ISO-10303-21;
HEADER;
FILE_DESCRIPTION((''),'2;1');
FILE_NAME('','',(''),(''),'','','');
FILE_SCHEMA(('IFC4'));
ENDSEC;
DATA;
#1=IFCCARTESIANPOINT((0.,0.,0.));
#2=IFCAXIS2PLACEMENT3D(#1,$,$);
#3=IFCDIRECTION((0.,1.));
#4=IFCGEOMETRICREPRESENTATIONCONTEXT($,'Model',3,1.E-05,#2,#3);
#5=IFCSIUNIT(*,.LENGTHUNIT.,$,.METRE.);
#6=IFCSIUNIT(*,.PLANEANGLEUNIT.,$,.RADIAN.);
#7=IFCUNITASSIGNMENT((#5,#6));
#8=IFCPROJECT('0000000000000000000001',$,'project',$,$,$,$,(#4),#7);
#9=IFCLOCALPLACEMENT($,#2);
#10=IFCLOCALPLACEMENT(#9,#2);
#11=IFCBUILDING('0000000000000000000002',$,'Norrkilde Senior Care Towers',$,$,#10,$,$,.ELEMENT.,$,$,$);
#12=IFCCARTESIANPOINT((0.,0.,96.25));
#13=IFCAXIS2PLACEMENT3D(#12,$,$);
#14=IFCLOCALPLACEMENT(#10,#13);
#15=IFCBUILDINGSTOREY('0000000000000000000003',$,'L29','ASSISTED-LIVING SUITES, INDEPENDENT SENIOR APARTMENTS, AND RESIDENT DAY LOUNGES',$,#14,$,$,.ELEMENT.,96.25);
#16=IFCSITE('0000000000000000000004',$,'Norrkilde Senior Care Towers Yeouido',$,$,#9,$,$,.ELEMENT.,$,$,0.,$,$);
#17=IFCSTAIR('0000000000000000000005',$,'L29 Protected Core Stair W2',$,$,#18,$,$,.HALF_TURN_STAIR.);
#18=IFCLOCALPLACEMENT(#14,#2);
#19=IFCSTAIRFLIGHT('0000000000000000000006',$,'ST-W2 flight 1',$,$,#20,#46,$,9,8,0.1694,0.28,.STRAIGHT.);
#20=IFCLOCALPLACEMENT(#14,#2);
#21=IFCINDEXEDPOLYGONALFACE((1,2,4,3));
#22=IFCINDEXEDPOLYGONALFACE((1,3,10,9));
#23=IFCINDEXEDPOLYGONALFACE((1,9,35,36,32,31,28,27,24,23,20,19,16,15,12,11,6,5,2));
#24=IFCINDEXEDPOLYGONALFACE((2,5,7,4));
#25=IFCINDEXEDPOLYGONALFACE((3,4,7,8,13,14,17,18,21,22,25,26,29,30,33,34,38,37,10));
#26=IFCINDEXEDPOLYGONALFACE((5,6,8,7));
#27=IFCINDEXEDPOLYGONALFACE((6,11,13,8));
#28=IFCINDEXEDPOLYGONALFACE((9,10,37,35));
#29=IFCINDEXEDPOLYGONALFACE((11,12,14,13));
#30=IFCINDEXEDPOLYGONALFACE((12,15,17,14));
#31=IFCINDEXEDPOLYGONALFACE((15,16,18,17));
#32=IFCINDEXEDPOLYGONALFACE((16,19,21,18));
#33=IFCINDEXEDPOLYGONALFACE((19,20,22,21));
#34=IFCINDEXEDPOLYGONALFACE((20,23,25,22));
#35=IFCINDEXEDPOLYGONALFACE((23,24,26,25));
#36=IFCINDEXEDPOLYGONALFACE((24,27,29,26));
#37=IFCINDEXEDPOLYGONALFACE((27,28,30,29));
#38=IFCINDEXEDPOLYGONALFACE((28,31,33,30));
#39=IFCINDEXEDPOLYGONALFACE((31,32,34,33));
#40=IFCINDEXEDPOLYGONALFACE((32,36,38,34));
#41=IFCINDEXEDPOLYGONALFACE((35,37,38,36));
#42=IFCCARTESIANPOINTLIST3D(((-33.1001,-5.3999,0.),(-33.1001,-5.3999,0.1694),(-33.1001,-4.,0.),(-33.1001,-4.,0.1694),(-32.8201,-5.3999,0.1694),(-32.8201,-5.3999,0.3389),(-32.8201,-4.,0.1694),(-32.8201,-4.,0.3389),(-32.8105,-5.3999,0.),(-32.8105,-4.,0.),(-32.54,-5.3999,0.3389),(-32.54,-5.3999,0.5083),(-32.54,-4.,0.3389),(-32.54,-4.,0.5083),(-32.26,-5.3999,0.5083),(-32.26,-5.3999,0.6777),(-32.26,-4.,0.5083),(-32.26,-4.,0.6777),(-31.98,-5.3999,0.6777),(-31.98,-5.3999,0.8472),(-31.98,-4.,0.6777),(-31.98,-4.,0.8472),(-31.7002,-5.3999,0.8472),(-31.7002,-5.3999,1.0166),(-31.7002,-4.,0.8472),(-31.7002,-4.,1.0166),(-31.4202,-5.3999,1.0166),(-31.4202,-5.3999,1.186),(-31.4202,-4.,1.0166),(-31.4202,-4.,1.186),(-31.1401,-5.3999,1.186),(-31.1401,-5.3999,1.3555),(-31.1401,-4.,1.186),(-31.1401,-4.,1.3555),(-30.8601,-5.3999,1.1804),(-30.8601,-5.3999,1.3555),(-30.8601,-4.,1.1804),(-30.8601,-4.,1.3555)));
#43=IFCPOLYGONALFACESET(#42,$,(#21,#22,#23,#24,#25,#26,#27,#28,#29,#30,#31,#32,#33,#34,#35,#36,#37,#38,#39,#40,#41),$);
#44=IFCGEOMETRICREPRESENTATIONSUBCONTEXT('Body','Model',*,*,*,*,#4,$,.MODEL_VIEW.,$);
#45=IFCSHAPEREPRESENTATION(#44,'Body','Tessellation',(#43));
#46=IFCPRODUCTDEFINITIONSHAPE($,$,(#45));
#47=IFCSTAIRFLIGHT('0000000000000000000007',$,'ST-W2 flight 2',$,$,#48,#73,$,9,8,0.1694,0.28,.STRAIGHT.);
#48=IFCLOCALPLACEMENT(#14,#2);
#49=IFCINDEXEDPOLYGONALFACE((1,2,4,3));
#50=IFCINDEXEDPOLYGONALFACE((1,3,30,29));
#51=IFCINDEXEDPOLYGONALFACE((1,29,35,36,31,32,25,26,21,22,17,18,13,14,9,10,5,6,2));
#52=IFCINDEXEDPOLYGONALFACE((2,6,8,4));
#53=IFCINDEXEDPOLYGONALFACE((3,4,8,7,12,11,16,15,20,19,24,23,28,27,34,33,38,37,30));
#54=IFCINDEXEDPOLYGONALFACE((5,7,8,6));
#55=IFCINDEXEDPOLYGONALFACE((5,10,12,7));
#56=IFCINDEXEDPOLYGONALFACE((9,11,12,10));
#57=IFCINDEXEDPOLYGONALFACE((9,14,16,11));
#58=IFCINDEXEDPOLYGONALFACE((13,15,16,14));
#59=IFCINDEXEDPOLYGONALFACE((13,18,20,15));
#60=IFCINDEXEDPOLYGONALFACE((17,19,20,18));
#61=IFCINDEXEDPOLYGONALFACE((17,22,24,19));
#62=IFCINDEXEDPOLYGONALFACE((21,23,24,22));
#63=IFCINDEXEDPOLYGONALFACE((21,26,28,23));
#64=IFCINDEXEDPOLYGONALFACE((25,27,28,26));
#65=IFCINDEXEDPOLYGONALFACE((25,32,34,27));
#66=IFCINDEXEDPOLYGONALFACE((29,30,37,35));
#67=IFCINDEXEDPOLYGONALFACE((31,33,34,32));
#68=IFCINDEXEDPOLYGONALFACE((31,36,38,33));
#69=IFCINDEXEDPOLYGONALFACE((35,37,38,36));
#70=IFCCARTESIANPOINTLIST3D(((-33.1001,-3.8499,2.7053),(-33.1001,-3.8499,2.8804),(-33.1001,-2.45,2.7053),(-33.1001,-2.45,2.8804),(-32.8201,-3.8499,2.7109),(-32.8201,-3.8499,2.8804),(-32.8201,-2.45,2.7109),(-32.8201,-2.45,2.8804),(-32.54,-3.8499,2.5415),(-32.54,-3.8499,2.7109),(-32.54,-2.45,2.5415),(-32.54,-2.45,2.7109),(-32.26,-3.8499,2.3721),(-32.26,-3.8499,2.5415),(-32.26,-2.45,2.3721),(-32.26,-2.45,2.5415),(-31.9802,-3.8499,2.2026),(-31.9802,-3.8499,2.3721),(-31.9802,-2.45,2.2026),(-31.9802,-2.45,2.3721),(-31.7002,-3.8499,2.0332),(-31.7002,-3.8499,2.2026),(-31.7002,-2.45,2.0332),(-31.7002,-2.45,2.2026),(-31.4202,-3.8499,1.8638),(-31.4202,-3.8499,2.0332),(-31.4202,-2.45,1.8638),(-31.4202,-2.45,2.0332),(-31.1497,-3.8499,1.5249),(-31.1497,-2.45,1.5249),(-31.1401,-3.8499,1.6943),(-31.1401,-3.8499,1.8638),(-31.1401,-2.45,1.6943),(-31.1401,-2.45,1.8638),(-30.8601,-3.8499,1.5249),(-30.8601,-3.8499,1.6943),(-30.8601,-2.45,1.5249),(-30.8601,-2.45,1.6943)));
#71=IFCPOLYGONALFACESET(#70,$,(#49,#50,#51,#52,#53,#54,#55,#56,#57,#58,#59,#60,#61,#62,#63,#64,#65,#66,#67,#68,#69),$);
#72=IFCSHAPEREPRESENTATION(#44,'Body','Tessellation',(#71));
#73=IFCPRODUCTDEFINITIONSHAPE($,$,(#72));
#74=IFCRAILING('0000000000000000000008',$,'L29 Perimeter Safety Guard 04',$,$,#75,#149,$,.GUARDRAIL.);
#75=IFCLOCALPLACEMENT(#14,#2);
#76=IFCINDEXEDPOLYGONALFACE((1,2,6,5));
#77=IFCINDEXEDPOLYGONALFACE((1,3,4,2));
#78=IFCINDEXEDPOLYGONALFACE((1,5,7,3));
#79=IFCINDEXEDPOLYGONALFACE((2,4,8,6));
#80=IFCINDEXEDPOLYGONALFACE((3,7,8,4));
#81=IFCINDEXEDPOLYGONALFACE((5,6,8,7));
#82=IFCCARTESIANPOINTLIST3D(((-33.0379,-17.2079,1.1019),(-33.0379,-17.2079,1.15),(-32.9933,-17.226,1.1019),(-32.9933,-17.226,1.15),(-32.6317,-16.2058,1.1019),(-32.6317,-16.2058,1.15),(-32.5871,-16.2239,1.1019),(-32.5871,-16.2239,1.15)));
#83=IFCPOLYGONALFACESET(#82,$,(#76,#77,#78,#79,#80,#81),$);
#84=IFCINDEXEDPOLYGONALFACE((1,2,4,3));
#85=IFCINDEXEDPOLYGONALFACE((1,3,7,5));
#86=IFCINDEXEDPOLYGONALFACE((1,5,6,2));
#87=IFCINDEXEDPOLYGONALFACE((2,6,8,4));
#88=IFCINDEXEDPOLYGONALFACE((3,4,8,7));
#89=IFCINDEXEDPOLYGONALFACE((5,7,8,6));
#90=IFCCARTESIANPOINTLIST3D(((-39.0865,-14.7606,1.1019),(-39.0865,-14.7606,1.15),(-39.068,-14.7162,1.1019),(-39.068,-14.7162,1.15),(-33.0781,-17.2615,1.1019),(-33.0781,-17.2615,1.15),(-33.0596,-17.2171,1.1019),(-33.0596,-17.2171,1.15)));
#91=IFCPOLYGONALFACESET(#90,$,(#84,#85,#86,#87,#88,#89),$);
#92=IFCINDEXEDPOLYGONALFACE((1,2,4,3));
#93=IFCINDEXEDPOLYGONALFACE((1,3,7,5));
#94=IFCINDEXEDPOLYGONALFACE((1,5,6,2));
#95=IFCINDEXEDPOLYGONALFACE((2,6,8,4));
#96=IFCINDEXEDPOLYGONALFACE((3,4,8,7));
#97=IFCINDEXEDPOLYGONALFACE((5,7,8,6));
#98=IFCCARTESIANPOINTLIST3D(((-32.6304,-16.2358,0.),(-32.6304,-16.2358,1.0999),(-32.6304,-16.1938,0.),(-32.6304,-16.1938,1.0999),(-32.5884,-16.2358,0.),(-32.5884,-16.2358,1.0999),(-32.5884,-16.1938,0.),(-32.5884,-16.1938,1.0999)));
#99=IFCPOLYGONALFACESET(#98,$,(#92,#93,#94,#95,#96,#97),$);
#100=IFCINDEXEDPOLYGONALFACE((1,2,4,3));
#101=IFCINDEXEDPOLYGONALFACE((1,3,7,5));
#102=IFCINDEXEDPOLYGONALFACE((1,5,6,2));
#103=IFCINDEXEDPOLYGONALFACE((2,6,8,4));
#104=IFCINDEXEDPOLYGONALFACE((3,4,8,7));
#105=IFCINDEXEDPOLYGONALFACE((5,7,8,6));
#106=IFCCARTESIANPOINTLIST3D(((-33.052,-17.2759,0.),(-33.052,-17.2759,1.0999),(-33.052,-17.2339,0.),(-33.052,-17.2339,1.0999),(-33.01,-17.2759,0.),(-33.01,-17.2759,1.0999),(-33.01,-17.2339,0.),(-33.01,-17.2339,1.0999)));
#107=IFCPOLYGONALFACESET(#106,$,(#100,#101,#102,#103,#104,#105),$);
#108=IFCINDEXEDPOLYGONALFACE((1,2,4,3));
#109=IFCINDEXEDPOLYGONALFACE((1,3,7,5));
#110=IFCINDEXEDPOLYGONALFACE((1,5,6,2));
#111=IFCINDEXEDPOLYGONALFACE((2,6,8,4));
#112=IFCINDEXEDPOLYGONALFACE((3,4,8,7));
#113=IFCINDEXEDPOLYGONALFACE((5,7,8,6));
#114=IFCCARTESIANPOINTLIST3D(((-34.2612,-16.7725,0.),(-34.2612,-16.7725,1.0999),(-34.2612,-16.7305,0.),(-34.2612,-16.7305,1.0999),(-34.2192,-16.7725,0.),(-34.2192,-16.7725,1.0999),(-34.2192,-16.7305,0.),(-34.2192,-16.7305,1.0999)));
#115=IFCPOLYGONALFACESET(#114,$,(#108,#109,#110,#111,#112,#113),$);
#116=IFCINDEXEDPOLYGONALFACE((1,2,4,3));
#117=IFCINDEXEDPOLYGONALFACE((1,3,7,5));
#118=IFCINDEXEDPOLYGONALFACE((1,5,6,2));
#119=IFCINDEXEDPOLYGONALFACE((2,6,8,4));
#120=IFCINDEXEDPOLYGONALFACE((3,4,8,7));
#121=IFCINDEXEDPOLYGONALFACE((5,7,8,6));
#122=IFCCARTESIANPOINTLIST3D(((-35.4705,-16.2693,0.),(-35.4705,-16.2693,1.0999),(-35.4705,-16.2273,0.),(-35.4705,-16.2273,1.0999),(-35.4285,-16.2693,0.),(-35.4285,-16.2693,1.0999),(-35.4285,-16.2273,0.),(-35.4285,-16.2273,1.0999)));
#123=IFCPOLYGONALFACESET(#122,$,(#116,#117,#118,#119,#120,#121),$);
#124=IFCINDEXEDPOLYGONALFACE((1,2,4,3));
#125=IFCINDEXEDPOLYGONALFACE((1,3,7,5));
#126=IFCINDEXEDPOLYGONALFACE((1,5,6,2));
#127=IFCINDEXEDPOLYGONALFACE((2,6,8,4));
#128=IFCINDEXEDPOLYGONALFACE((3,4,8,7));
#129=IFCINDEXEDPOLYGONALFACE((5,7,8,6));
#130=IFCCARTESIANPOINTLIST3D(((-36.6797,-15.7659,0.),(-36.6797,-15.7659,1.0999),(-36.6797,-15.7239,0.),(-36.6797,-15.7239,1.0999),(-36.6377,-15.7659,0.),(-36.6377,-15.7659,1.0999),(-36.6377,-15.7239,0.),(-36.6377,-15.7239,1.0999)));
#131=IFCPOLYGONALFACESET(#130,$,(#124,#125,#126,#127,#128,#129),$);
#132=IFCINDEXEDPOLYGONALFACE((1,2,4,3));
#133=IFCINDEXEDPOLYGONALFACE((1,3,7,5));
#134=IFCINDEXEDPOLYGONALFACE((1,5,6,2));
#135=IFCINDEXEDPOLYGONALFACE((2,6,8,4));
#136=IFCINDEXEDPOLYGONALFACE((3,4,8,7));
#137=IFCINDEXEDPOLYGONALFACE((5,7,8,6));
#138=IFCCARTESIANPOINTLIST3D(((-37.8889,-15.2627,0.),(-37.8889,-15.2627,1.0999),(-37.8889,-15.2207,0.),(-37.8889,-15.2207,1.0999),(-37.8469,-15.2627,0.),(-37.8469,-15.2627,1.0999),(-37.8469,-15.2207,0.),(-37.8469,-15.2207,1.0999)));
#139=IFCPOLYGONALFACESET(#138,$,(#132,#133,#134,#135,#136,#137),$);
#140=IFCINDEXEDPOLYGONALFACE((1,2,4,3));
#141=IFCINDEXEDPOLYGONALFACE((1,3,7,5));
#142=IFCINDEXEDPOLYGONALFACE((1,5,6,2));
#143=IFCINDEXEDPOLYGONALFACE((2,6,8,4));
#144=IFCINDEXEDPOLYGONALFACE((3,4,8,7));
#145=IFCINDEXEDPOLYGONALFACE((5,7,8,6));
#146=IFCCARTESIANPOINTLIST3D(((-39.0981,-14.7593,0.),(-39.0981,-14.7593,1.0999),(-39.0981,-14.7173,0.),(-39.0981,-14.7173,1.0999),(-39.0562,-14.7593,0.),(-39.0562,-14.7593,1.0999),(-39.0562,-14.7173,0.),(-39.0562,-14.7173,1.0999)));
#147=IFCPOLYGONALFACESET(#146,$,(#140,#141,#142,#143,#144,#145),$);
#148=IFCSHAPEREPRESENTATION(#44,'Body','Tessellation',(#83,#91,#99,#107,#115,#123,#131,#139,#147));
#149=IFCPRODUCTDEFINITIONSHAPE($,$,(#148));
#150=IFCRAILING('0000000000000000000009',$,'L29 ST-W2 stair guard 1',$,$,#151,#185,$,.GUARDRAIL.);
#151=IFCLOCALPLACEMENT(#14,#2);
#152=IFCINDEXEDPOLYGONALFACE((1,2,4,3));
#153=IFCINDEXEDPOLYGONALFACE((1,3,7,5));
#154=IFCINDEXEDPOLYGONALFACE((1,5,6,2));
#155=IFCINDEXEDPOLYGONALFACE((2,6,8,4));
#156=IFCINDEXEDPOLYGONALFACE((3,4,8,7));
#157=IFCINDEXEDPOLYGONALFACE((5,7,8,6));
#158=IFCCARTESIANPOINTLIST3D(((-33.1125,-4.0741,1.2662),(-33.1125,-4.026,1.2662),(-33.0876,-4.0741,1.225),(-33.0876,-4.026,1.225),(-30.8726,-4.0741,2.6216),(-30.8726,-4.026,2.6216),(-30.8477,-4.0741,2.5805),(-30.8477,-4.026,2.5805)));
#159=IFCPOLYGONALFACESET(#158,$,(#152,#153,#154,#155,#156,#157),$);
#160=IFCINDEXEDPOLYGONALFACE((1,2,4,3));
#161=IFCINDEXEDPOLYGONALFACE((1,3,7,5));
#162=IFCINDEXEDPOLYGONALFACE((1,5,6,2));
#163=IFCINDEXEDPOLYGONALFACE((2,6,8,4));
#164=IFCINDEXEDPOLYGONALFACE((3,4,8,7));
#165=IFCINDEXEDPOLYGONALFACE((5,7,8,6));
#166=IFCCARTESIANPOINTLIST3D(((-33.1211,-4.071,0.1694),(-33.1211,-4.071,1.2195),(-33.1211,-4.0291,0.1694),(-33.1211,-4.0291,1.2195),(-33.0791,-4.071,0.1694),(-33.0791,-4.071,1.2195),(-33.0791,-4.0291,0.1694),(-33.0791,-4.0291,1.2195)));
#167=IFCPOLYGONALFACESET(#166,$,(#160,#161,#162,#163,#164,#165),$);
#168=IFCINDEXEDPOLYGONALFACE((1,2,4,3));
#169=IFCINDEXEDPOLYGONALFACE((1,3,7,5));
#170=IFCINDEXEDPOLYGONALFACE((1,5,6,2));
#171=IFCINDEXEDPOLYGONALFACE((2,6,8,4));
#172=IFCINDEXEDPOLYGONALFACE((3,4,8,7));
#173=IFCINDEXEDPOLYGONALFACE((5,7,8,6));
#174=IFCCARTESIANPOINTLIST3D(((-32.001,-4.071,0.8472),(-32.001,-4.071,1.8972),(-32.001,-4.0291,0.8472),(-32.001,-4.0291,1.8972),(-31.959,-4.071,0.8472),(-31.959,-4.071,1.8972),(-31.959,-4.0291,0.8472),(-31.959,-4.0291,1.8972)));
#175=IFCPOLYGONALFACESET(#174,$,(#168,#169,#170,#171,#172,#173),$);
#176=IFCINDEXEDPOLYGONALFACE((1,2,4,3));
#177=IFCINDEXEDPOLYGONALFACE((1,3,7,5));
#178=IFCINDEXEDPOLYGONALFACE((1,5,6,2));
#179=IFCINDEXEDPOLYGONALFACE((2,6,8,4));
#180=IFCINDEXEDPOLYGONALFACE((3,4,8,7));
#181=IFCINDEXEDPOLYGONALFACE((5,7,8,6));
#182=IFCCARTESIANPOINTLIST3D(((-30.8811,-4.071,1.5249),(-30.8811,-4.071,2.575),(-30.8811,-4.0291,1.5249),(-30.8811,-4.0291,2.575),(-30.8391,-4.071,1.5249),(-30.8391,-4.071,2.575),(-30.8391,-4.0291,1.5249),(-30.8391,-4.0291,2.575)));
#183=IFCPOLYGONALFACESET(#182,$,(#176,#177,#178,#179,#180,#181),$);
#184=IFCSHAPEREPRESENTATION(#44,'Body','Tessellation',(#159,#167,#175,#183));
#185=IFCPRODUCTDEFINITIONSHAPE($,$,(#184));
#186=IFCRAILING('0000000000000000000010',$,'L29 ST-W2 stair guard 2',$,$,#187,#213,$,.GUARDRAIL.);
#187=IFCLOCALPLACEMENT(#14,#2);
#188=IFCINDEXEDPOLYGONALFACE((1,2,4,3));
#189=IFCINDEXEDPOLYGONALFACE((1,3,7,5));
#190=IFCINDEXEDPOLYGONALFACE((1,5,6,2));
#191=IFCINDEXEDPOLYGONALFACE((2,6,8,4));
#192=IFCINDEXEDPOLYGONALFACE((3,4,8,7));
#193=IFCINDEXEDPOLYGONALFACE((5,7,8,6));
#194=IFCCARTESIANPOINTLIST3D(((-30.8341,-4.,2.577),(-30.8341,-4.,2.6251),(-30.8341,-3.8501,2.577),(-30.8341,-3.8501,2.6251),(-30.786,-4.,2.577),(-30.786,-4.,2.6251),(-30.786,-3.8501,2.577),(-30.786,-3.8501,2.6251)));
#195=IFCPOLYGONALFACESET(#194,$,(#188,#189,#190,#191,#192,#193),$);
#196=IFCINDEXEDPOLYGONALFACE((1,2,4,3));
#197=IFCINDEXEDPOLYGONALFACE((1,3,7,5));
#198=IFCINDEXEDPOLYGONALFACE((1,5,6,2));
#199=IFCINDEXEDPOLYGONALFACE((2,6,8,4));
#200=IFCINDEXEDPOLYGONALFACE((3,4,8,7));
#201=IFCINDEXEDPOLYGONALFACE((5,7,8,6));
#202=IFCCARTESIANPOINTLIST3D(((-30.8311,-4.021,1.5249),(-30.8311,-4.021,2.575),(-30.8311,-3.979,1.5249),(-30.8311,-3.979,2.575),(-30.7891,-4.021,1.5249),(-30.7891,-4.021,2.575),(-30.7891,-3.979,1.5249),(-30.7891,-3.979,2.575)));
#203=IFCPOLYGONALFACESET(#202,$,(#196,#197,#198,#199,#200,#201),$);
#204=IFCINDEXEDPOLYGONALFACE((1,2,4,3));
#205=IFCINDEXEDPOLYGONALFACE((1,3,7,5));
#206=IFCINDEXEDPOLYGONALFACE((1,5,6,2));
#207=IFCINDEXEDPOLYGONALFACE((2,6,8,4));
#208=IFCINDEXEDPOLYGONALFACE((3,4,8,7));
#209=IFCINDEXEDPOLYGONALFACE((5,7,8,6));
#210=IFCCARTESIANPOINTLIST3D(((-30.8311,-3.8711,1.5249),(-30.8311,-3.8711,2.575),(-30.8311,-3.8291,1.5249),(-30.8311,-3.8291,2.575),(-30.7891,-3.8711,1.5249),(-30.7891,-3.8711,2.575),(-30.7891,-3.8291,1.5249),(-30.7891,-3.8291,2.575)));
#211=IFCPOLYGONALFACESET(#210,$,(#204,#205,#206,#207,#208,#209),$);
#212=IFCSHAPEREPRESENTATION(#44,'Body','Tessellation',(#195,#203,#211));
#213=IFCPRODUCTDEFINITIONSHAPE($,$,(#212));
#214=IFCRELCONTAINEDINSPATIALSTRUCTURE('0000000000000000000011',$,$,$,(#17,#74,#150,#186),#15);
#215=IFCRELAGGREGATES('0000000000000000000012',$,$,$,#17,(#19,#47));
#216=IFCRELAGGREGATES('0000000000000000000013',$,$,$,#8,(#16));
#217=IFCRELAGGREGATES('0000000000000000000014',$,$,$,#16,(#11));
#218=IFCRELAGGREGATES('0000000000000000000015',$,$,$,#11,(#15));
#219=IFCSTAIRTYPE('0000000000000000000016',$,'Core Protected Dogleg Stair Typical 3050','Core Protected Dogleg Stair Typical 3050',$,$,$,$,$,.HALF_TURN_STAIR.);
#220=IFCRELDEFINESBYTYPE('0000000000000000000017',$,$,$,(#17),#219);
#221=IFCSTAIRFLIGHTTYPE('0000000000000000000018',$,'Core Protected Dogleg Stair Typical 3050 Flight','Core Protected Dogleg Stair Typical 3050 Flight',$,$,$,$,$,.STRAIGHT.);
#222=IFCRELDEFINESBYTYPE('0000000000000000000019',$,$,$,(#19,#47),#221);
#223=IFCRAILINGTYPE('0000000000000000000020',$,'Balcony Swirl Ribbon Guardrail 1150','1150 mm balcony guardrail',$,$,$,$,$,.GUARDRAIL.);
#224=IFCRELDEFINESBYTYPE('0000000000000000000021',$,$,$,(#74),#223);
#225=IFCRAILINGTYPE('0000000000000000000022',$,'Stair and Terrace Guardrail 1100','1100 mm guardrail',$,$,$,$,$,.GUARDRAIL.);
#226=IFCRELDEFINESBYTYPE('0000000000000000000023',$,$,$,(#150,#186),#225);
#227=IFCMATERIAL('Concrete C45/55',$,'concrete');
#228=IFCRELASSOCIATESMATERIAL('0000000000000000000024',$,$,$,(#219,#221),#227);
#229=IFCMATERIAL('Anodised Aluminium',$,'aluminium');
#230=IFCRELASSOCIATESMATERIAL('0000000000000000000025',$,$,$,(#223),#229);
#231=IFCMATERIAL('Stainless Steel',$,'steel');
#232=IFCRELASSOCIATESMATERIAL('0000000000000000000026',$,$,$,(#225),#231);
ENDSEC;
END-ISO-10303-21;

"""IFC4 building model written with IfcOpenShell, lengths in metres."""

from ifc_helpers import new_model, si_unit, direction, frame, origin, origin_2d, place, context, subcontext, project, spatial, polyline, rectangle, outline, extrude, material, type_object, element, aggregate, save


model = new_model("IFC4")

# Units and contexts
model_context = context("Model", 3, precision=1e-05, world=origin(), true_north=direction((0.0, 1.0)))
body_context = subcontext(model_context, "Body", "Model", "MODEL_VIEW")
ifc_project = project(units=[si_unit("LENGTHUNIT", "METRE"), si_unit("PLANEANGLEUNIT", "RADIAN")], contexts=[model_context])

# Site, building, storey
site_placement = place(None, origin())
site = spatial("IfcSite", under=ifc_project, at=site_placement, Name="Norrkilde Senior Care Towers Yeouido", CompositionType="ELEMENT", RefElevation=0.0)
building_placement = place(site_placement, origin())
building = spatial("IfcBuilding", under=site, at=building_placement, Name="Norrkilde Senior Care Towers", CompositionType="ELEMENT")
storey_placement = place(building_placement, frame((0.0, 0.0, 96.25)))
storey = spatial("IfcBuildingStorey", under=building, at=storey_placement, Name="L29", Description="ASSISTED-LIVING SUITES, INDEPENDENT SENIOR APARTMENTS, AND RESIDENT DAY LOUNGES", CompositionType="ELEMENT", Elevation=96.25)

# Shared definitions
ifc_material_1 = material(Name="Anodised Aluminium", Category="aluminium")

# Shared definitions
ifc_material_2 = material(Name="Concrete C45/55", Category="concrete")

# Stair, stair flights
stair_type = type_object("IfcStairType", Name="Core Protected Dogleg Stair Typical 3050", Description="Core Protected Dogleg Stair Typical 3050", PredefinedType="HALF_TURN_STAIR", material=ifc_material_2)
stair_placement = place(storey_placement, origin())
stair = element("IfcStair", 1, at=stair_placement, inside=storey, type_object=stair_type, Name="L29 Protected Core Stair W2", PredefinedType="HALF_TURN_STAIR")
stair_flight_type = type_object("IfcStairFlightType", Name="Core Protected Dogleg Stair Typical 3050 Flight", Description="Core Protected Dogleg Stair Typical 3050 Flight", PredefinedType="STRAIGHT", material=ifc_material_2)
stair_flight_1_placement = place(storey_placement, frame((-33.1001, -4.7, 0.0), z_axis=(0.0, 0.0, 1.0), x_axis=(1.0, 0.0, 0.0)))
stair_flight_1 = element("IfcStairFlight", 2, at=stair_flight_1_placement, type_object=stair_flight_type, Name="ST-W2 flight 1", NumberOfRisers=9, NumberOfTreads=8, PredefinedType="STRAIGHT", RiserHeight=0.1694, TreadLength=0.28, context=body_context, shape_type="SweptSolid", body=[
    extrude(outline(polyline([(0.0, 0.0), (0.0, 0.1694), (0.28, 0.1694), (0.28, 0.3389), (0.5601, 0.3389), (0.5601, 0.5083), (0.8401, 0.5083), (0.8401, 0.6777), (1.1201, 0.6777), (1.1201, 0.8472), (1.3999, 0.8472), (1.3999, 1.0166), (1.6799, 1.0166), (1.6799, 1.186), (1.96, 1.186), (1.96, 1.3555), (2.24, 1.3555), (2.24, 1.5249), (2.24, 1.1804), (0.2896, 0.0), (0.0, 0.0)])), frame((0.0, 0.7, 0.0), z_axis=(0.0, -1.0, 0.0), x_axis=(1.0, 0.0, 0.0)), (0.0, 0.0, 1.0), 1.3999),
])
stair_flight_2_placement = place(storey_placement, frame((-30.8601, -3.1499, 1.5249), z_axis=(0.0, 0.0, 1.0), x_axis=(-1.0, 0.0, 0.0)))
stair_flight_2 = element("IfcStairFlight", 3, at=stair_flight_2_placement, type_object=stair_flight_type, Name="ST-W2 flight 2", NumberOfRisers=9, NumberOfTreads=8, PredefinedType="STRAIGHT", RiserHeight=0.1694, TreadLength=0.28, context=body_context, shape_type="SweptSolid", body=[
    extrude(outline(polyline([(0.0, 0.0), (0.0, 0.1694), (0.28, 0.1694), (0.28, 0.3389), (0.5601, 0.3389), (0.5601, 0.5083), (0.8401, 0.5083), (0.8401, 0.6777), (1.1201, 0.6777), (1.1201, 0.8472), (1.3999, 0.8472), (1.3999, 1.0166), (1.6799, 1.0166), (1.6799, 1.186), (1.96, 1.186), (1.96, 1.3555), (2.24, 1.3555), (2.24, 1.5249), (2.24, 1.1804), (0.2896, 0.0), (0.0, 0.0)])), frame((0.0, 0.7, 0.0), z_axis=(0.0, -1.0, 0.0), x_axis=(1.0, 0.0, 0.0)), (0.0, 0.0, 1.0), 1.3999),
])
aggregate(stair, [stair_flight_1, stair_flight_2])

# Railings
railing_type_1 = type_object("IfcRailingType", Name="Balcony Swirl Ribbon Guardrail 1150", Description="1150 mm balcony guardrail", PredefinedType="GUARDRAIL", material=ifc_material_1)
railing_1_placement = place(storey_placement, frame((-32.6094, -16.2148, 0.0)))
element("IfcRailing", 4, at=railing_1_placement, inside=storey, type_object=railing_type_1, Name="L29 Perimeter Safety Guard 04", PredefinedType="GUARDRAIL", context=body_context, shape_type="SweptSolid", body=[
    extrude(rectangle(XDim=0.0481, YDim=0.0481, at=origin_2d()), frame((0.0, 0.0, 1.126), z_axis=(-0.3757, -0.926741, 0.0), x_axis=(0.926741, -0.3757, 0.0)), (0.0, 0.0, 1.0), 1.0813),
    extrude(rectangle(XDim=0.0481, YDim=0.0481, at=origin_2d()), frame((-0.4595, -1.0244, 1.126), z_axis=(-0.923219, 0.384274, 0.0), x_axis=(-0.384274, -0.923219, 0.0)), (0.0, 0.0, 1.0), 6.5081),
    extrude(rectangle(XDim=0.042, YDim=0.042, at=origin_2d()), origin(), (0.0, 0.0, 1.0), 1.0999),
    extrude(rectangle(XDim=0.042, YDim=0.042, at=origin_2d()), frame((-0.4216, -1.04, 0.0)), (0.0, 0.0, 1.0), 1.0999),
    extrude(rectangle(XDim=0.042, YDim=0.042, at=origin_2d()), frame((-1.6309, -0.5366, 0.0)), (0.0, 0.0, 1.0), 1.0999),
    extrude(rectangle(XDim=0.042, YDim=0.042, at=origin_2d()), frame((-2.8401, -0.0334, 0.0)), (0.0, 0.0, 1.0), 1.0999),
    extrude(rectangle(XDim=0.042, YDim=0.042, at=origin_2d()), frame((-4.0493, 0.47, 0.0)), (0.0, 0.0, 1.0), 1.0999),
    extrude(rectangle(XDim=0.042, YDim=0.042, at=origin_2d()), frame((-5.2585, 0.9731, 0.0)), (0.0, 0.0, 1.0), 1.0999),
    extrude(rectangle(XDim=0.042, YDim=0.042, at=origin_2d()), frame((-6.4678, 1.4766, 0.0)), (0.0, 0.0, 1.0), 1.0999),
])
ifc_material_3 = material(Name="Stainless Steel", Category="steel")
railing_type_2 = type_object("IfcRailingType", Name="Stair and Terrace Guardrail 1100", Description="1100 mm guardrail", PredefinedType="GUARDRAIL", material=ifc_material_3)
railing_2_placement = place(storey_placement, frame((-33.1001, -4.05, 0.1694)))
element("IfcRailing", 5, at=railing_2_placement, inside=storey, type_object=railing_type_2, Name="L29 ST-W2 stair guard 1", PredefinedType="GUARDRAIL", context=body_context, shape_type="SweptSolid", body=[
    extrude(rectangle(XDim=0.0481, YDim=0.0481, at=origin_2d()), frame((0.0, 0.0, 1.0762), z_axis=(0.855553, 0.0, 0.517715), x_axis=(0.0, 1.0, 0.0)), (0.0, 0.0, 1.0), 2.6182),
    extrude(rectangle(XDim=0.042, YDim=0.042, at=origin_2d()), origin(), (0.0, 0.0, 1.0), 1.05),
    extrude(rectangle(XDim=0.042, YDim=0.042, at=origin_2d()), frame((1.1201, 0.0, 0.6777)), (0.0, 0.0, 1.0), 1.05),
    extrude(rectangle(XDim=0.042, YDim=0.042, at=origin_2d()), frame((2.24, 0.0, 1.3555)), (0.0, 0.0, 1.0), 1.05),
])
railing_3_placement = place(storey_placement, frame((-30.8101, -4.0, 1.5249)))
element("IfcRailing", 6, at=railing_3_placement, inside=storey, type_object=railing_type_2, Name="L29 ST-W2 stair guard 2", PredefinedType="GUARDRAIL", context=body_context, shape_type="SweptSolid", body=[
    extrude(rectangle(XDim=0.0481, YDim=0.0481, at=origin_2d()), frame((0.0, 0.0, 1.0762), z_axis=(0.0, 1.0, 0.0), x_axis=(-1.0, 0.0, 0.0)), (0.0, 0.0, 1.0), 0.1499),
    extrude(rectangle(XDim=0.042, YDim=0.042, at=origin_2d()), origin(), (0.0, 0.0, 1.0), 1.05),
    extrude(rectangle(XDim=0.042, YDim=0.042, at=origin_2d()), frame((0.0, 0.1499, 0.0)), (0.0, 0.0, 1.0), 1.05),
])

save(model, "model.ifc")
